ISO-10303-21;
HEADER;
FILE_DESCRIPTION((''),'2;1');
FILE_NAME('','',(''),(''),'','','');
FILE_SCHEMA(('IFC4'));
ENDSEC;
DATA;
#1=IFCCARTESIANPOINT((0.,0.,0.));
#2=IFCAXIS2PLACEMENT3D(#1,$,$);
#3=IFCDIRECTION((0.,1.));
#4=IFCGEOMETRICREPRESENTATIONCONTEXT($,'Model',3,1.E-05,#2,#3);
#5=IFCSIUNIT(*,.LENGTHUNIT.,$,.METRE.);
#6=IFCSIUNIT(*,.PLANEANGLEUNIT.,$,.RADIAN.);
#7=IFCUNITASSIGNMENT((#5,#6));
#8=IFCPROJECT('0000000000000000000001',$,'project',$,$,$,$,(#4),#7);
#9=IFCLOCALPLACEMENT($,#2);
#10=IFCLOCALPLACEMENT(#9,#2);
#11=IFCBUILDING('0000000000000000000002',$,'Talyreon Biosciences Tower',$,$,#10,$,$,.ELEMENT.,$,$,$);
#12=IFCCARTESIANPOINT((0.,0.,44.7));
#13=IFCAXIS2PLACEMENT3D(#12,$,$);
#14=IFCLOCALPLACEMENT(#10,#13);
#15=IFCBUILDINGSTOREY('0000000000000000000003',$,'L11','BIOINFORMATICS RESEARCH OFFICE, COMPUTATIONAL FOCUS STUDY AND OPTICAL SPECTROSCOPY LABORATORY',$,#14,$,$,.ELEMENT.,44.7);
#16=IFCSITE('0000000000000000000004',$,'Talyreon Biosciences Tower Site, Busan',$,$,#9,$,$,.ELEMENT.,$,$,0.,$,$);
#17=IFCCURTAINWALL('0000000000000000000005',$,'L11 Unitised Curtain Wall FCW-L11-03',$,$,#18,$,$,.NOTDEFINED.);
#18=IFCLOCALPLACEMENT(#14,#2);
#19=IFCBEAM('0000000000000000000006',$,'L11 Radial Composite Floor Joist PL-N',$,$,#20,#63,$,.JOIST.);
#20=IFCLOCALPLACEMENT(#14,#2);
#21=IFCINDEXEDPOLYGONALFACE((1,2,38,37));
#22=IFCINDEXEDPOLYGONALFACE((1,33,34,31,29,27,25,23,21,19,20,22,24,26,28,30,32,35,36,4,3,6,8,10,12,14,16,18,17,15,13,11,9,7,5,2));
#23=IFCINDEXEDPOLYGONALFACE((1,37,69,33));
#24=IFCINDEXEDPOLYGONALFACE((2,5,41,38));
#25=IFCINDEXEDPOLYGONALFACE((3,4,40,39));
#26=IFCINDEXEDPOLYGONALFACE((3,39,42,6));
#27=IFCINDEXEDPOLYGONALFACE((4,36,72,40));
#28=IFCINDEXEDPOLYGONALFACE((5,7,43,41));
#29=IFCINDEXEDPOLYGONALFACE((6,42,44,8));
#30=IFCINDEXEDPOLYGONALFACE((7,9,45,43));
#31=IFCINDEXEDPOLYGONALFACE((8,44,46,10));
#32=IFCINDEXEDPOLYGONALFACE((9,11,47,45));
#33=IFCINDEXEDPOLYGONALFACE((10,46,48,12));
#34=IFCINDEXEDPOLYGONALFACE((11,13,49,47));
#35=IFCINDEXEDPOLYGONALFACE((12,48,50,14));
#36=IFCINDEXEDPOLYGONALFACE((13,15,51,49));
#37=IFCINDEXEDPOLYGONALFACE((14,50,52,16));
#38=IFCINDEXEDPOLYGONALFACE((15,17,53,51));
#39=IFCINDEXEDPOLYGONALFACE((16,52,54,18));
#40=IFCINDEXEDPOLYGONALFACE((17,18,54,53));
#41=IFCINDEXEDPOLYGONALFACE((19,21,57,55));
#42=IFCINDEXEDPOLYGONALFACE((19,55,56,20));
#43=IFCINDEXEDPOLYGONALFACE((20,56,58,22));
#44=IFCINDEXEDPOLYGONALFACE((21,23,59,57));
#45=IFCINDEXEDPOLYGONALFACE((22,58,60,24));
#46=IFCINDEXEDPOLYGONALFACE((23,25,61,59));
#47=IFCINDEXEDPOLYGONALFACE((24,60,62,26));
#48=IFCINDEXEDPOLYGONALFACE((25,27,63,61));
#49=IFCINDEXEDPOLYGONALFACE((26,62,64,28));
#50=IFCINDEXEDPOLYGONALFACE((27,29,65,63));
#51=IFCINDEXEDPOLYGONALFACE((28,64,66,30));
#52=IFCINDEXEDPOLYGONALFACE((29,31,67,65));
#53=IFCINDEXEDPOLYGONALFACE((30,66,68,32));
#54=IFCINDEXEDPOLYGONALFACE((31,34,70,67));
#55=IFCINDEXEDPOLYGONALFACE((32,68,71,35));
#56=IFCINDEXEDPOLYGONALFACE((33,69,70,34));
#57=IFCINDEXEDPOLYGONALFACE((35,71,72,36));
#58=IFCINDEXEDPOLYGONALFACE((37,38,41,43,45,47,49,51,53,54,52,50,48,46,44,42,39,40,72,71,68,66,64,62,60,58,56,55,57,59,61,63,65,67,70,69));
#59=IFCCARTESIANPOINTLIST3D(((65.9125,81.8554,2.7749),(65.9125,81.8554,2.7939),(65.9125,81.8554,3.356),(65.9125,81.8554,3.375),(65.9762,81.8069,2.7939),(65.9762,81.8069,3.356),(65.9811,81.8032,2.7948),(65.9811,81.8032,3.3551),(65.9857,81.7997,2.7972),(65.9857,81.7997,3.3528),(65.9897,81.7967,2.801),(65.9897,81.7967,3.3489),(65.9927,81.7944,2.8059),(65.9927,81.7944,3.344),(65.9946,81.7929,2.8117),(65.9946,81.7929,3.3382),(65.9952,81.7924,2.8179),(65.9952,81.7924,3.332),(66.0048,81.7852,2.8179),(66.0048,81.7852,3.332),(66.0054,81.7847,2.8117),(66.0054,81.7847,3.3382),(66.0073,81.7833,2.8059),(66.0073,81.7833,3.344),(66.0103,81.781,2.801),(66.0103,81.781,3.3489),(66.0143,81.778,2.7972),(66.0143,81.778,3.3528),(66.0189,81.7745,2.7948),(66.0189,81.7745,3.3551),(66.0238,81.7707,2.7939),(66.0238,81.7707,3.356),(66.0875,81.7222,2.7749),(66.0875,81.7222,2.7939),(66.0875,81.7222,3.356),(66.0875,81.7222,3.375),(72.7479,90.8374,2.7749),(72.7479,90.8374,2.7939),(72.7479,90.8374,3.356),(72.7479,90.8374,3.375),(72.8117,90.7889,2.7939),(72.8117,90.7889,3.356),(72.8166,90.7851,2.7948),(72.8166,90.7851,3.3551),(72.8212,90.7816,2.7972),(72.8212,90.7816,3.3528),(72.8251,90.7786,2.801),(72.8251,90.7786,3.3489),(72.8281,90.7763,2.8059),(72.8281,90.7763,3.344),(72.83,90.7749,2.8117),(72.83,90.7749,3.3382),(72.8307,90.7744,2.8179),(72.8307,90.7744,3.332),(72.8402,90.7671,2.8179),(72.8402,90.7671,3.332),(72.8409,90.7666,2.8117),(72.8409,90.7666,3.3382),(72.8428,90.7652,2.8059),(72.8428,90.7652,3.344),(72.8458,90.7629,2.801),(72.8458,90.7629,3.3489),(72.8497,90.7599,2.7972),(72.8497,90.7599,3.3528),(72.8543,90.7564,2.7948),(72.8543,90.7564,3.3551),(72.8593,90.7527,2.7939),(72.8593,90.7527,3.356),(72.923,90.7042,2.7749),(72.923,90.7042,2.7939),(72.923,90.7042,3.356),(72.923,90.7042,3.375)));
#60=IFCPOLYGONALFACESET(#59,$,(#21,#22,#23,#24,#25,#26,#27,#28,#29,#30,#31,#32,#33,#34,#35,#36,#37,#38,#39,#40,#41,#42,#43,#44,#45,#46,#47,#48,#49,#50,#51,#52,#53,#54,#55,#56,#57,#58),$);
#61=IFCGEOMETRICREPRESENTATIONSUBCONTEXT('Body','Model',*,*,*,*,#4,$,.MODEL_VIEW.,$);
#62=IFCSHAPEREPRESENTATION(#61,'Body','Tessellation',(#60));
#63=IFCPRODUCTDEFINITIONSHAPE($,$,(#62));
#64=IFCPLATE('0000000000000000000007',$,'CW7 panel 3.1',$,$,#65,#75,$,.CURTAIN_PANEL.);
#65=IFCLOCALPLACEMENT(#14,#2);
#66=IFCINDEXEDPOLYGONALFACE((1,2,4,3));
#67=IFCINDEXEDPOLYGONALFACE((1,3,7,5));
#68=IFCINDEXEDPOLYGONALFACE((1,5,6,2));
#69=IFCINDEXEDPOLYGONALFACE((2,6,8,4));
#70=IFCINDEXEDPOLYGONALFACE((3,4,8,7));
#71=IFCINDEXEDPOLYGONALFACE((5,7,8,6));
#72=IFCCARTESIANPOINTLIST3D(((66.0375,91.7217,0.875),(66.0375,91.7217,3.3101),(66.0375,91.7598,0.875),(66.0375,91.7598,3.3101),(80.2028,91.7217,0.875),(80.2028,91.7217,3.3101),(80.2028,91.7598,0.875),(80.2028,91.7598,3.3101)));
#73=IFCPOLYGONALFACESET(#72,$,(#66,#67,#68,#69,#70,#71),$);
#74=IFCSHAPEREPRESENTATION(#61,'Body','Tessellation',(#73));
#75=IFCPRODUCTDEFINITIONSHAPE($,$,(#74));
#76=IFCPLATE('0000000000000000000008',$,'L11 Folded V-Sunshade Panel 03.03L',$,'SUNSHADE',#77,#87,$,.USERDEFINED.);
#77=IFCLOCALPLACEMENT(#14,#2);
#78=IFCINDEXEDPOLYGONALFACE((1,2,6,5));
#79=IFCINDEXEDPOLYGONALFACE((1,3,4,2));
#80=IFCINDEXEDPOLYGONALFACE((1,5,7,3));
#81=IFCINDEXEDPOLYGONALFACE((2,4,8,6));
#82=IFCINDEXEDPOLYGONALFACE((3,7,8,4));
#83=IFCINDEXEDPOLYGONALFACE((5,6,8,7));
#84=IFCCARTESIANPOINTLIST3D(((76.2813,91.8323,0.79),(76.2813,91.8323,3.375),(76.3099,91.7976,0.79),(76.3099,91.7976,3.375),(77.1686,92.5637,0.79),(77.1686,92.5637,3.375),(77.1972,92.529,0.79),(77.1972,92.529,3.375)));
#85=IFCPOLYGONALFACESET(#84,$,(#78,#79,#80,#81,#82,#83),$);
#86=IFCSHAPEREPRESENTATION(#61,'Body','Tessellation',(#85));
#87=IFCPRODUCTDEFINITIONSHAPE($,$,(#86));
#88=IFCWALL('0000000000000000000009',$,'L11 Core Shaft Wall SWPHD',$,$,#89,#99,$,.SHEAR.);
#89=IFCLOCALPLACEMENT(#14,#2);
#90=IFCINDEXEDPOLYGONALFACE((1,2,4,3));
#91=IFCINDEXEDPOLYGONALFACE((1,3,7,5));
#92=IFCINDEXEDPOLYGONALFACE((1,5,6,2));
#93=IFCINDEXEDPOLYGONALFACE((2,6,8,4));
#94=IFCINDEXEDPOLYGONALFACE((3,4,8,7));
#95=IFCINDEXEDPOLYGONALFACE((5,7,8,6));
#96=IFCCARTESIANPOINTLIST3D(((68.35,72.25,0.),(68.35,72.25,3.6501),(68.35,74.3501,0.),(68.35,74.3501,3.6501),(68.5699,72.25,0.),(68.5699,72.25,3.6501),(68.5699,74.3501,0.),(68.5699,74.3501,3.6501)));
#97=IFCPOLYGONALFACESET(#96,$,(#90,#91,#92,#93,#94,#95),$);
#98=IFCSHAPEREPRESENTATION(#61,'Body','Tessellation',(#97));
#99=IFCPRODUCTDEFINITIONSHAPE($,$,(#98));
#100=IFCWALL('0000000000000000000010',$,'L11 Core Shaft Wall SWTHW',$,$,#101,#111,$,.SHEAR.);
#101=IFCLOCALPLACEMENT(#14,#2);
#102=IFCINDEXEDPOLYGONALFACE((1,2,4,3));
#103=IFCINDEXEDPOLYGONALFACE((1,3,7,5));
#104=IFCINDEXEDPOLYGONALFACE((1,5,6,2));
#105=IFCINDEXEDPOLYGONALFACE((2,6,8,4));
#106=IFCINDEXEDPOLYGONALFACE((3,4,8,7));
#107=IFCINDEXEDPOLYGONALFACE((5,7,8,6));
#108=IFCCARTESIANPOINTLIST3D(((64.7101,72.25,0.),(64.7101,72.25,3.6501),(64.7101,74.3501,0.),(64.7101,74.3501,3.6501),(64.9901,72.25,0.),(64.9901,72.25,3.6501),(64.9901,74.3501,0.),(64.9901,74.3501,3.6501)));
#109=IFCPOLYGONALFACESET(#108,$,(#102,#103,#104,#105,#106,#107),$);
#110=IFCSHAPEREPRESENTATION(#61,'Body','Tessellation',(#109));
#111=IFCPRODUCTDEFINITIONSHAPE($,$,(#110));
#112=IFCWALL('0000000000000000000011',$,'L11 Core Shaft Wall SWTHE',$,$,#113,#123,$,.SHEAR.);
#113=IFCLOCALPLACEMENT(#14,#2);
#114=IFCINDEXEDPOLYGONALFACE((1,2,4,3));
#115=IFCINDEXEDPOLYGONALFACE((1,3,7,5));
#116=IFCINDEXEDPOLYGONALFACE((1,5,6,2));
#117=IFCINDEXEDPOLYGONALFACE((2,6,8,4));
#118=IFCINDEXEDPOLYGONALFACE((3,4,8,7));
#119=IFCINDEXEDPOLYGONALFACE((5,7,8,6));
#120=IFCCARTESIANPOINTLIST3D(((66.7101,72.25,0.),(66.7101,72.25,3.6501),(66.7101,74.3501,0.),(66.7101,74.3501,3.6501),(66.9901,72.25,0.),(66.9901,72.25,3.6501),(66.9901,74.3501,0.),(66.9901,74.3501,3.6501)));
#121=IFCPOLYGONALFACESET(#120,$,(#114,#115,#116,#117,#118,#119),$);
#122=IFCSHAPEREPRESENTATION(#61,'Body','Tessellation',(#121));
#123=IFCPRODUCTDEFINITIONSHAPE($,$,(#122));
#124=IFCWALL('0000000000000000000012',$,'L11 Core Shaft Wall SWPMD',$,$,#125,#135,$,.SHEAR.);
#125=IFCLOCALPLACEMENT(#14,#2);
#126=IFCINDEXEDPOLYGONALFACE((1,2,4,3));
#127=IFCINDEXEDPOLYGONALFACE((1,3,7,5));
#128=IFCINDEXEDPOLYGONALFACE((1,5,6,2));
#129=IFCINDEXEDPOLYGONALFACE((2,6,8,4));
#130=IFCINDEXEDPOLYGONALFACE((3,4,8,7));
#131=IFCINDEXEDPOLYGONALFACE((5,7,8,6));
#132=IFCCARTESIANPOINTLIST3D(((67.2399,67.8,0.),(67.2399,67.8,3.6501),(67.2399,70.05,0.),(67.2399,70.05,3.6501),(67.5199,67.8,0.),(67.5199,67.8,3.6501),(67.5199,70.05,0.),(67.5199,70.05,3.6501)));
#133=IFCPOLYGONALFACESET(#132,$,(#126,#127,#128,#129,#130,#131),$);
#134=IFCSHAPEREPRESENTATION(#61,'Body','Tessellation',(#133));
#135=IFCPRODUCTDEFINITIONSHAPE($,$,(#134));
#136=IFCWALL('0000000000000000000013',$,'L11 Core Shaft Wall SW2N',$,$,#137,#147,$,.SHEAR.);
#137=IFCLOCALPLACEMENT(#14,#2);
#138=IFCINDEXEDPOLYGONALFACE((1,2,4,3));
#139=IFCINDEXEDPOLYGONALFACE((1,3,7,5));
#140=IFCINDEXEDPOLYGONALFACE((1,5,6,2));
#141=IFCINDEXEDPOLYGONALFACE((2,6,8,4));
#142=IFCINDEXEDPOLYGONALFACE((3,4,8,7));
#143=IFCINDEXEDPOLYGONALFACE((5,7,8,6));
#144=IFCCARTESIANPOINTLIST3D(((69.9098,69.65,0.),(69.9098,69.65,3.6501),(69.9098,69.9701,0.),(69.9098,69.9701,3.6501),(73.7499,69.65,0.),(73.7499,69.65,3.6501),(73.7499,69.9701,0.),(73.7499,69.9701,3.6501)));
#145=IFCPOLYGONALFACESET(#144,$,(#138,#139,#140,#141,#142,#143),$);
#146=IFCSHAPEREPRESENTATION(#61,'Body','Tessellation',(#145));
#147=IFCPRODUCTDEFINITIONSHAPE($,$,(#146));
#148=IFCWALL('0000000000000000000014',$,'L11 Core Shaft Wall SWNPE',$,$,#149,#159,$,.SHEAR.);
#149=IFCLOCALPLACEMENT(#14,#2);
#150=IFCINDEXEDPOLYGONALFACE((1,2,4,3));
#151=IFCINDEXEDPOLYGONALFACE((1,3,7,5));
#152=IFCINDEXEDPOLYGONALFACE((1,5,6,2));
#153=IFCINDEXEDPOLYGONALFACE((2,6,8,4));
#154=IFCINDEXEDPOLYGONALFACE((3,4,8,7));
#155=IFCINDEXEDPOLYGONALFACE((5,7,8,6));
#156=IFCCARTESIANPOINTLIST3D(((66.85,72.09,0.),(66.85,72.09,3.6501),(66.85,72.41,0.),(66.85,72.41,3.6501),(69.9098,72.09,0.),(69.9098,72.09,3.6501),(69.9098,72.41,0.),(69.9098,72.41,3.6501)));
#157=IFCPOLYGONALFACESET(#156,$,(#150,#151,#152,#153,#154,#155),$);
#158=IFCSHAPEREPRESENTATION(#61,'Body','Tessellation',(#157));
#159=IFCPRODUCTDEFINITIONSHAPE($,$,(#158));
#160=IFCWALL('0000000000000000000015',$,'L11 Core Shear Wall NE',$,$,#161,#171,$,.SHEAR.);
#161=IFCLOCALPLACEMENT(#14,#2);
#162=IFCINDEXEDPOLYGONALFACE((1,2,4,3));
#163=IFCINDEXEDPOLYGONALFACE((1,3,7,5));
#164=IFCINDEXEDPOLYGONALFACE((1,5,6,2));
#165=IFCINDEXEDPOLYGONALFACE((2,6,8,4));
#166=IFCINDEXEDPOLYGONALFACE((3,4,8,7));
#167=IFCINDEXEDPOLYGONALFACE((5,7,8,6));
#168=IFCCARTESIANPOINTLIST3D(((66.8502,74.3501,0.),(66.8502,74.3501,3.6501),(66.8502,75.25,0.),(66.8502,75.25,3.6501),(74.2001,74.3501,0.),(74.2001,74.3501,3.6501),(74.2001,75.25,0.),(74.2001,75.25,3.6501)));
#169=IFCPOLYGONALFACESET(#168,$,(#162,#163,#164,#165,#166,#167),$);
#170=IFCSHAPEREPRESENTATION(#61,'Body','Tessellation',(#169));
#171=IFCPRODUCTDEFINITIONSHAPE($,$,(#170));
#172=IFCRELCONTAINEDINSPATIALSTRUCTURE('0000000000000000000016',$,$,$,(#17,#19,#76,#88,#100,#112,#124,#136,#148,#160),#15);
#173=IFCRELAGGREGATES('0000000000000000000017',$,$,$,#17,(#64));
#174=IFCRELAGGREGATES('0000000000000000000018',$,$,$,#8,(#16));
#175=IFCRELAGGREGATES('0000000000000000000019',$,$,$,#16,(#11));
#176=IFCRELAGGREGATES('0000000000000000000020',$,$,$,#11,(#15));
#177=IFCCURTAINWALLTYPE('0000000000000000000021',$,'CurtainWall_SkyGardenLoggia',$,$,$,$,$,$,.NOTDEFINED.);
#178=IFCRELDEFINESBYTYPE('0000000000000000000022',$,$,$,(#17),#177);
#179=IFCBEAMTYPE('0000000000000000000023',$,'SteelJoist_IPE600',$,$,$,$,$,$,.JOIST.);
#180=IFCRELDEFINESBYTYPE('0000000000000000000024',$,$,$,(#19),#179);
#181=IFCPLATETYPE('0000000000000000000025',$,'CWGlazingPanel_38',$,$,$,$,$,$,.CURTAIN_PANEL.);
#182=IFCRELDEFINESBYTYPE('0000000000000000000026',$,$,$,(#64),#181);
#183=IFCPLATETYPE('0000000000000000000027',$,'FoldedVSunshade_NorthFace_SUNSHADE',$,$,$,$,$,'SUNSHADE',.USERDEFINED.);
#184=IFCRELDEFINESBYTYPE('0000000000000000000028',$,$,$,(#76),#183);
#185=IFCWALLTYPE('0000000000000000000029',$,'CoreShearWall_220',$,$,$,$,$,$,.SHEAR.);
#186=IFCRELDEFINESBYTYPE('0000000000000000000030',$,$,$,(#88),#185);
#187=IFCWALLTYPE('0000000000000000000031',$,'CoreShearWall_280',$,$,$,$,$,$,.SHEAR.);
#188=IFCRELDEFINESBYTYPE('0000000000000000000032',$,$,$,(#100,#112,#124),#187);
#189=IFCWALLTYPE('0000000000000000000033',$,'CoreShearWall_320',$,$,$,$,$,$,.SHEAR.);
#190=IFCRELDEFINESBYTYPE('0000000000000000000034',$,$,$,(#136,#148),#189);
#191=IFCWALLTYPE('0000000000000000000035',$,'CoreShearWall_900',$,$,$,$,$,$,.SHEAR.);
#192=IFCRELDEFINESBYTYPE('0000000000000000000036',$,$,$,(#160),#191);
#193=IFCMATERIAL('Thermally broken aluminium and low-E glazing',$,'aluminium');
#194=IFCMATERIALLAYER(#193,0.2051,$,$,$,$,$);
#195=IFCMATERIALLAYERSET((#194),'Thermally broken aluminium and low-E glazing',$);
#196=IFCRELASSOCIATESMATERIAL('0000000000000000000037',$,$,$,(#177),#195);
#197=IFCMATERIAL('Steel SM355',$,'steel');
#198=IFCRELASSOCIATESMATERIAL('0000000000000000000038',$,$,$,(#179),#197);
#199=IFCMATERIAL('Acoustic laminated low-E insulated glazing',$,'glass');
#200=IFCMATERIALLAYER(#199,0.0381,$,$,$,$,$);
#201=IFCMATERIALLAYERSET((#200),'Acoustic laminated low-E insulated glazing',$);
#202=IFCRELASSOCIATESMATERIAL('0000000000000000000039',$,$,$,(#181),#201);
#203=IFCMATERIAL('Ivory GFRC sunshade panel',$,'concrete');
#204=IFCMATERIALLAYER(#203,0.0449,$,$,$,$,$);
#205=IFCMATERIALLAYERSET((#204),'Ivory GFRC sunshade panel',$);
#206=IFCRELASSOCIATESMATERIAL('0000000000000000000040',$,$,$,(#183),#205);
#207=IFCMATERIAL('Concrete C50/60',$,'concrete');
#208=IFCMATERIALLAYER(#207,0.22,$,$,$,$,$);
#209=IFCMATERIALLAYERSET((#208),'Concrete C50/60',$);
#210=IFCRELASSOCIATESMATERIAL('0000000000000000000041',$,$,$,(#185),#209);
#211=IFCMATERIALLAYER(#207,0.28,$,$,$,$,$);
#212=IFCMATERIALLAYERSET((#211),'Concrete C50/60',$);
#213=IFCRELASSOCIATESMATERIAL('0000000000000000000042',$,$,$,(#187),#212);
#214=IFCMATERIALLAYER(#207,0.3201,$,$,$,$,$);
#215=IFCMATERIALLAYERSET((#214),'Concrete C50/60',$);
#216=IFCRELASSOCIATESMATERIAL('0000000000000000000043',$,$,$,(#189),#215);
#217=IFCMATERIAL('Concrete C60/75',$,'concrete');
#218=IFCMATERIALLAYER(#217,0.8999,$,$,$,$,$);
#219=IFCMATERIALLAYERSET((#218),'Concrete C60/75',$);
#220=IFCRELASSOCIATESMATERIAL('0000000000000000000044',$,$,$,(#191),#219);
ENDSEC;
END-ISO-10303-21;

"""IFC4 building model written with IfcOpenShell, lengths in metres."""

from ifc_helpers import new_model, si_unit, direction, frame, frame_2d, origin, origin_2d, place, context, subcontext, project, spatial, rectangle, i_section, extrude, material, layer, layer_set, material_profile, profile_set, type_object, element, aggregate, save


model = new_model("IFC4")

# Units and contexts
model_context = context("Model", 3, precision=1e-05, world=origin(), true_north=direction((0.0, 1.0)))
body_context = subcontext(model_context, "Body", "Model", "MODEL_VIEW")
ifc_project = project(units=[si_unit("LENGTHUNIT", "METRE"), si_unit("PLANEANGLEUNIT", "RADIAN")], contexts=[model_context])

# Site, building, storey
site_placement = place(None, origin())
site = spatial("IfcSite", under=ifc_project, at=site_placement, Name="Talyreon Biosciences Tower Site, Busan", CompositionType="ELEMENT", RefElevation=0.0)
building_placement = place(site_placement, origin())
building = spatial("IfcBuilding", under=site, at=building_placement, Name="Talyreon Biosciences Tower", CompositionType="ELEMENT")
storey_placement = place(building_placement, frame((0.0, 0.0, 44.7)))
storey = spatial("IfcBuildingStorey", under=building, at=storey_placement, Name="L11", Description="BIOINFORMATICS RESEARCH OFFICE, COMPUTATIONAL FOCUS STUDY AND OPTICAL SPECTROSCOPY LABORATORY", CompositionType="ELEMENT", Elevation=44.7)

# Shared definitions
ifc_material_1 = material(Name="Concrete C60/75", Category="concrete")

# Curtain wall
ifc_material_2 = material(Name="Thermally broken aluminium and low-E glazing", Category="aluminium")
ifc_layer_1 = layer(ifc_material_2, 0.2051)
ifc_layer_set_1 = layer_set([ifc_layer_1], Name="Thermally broken aluminium and low-E glazing")
curtain_wall_type = type_object("IfcCurtainWallType", Name="CurtainWall_SkyGardenLoggia", PredefinedType="NOTDEFINED", material=ifc_layer_set_1)
curtain_wall_placement = place(storey_placement, origin())
curtain_wall = element("IfcCurtainWall", 1, at=curtain_wall_placement, inside=storey, type_object=curtain_wall_type, Name="L11 Unitised Curtain Wall FCW-L11-03", PredefinedType="NOTDEFINED")

# Beam
ifc_material_3 = material(Name="Steel SM355", Category="steel")
ifc_material_profile_1 = material_profile(ifc_material_3, i_section(OverallWidth=0.22, OverallDepth=0.6001, WebThickness=0.012, FlangeThickness=0.019, FilletRadius=0.0239, at=origin_2d()), Name="IPE600")
ifc_profile_set_1 = profile_set([ifc_material_profile_1], Name="Steel SM355")
beam_type_1 = type_object("IfcBeamType", Name="SteelJoist_IPE600", PredefinedType="JOIST", material=ifc_profile_set_1)
beam_1_placement = place(storey_placement, frame((66.0, 81.7888, 3.075), z_axis=(0.605599, 0.79577, 0.0), x_axis=(-0.79577, 0.605599, 0.0)))
element("IfcBeam", 2, at=beam_1_placement, inside=storey, type_object=beam_type_1, Name="L11 Radial Composite Floor Joist PL-N", PredefinedType="JOIST", context=body_context, shape_type="SweptSolid", body=[
    extrude(i_section(OverallWidth=0.22, OverallDepth=0.6001, WebThickness=0.012, FlangeThickness=0.019, FilletRadius=0.0239, at=origin_2d()), origin(), (0.0, 0.0, 1.0), 11.2871),
])

# Plates
ifc_material_4 = material(Name="Acoustic laminated low-E insulated glazing", Category="glass")
ifc_layer_2 = layer(ifc_material_4, 0.0381)
ifc_layer_set_2 = layer_set([ifc_layer_2], Name="Acoustic laminated low-E insulated glazing")
plate_type_1 = type_object("IfcPlateType", Name="CWGlazingPanel_38", PredefinedType="CURTAIN_PANEL", material=ifc_layer_set_2)
plate_1_placement = place(storey_placement, frame((73.1201, 91.7407, 0.875), z_axis=(0.0, 0.0, 1.0), x_axis=(1.0, 0.0, 0.0)))
plate_1 = element("IfcPlate", 3, at=plate_1_placement, type_object=plate_type_1, Name="CW7 panel 3.1", PredefinedType="CURTAIN_PANEL", context=body_context, shape_type="SweptSolid", body=[
    extrude(rectangle(XDim=14.1653, YDim=0.0381, at=origin_2d()), origin(), (0.0, 0.0, 1.0), 2.4351),
])
aggregate(curtain_wall, [plate_1])
ifc_material_5 = material(Name="Ivory GFRC sunshade panel", Category="concrete")
ifc_layer_3 = layer(ifc_material_5, 0.0449)
ifc_layer_set_3 = layer_set([ifc_layer_3], Name="Ivory GFRC sunshade panel")
plate_type_2 = type_object("IfcPlateType", Name="FoldedVSunshade_NorthFace_SUNSHADE", ElementType="SUNSHADE", PredefinedType="USERDEFINED", material=ifc_layer_set_3)
plate_2_placement = place(storey_placement, frame((76.7393, 92.1807, 0.79), z_axis=(0.0, 0.0, 1.0), x_axis=(0.771625, 0.636078, 0.0)))
element("IfcPlate", 4, at=plate_2_placement, inside=storey, type_object=plate_type_2, Name="L11 Folded V-Sunshade Panel 03.03L", ObjectType="SUNSHADE", PredefinedType="USERDEFINED", context=body_context, shape_type="SweptSolid", body=[
    extrude(rectangle(XDim=1.1499, YDim=0.0449, at=origin_2d()), origin(), (0.0, 0.0, 1.0), 2.585),
])

# Walls
ifc_material_6 = material(Name="Concrete C50/60", Category="concrete")
ifc_layer_4 = layer(ifc_material_6, 0.22)
ifc_layer_set_4 = layer_set([ifc_layer_4], Name="Concrete C50/60")
wall_type_1 = type_object("IfcWallType", Name="CoreShearWall_220", PredefinedType="SHEAR", material=ifc_layer_set_4)
wall_1_placement = place(storey_placement, frame((68.46, 72.25, 0.0), z_axis=(0.0, 0.0, 1.0), x_axis=(0.0, 1.0, 0.0)))
element("IfcWall", 5, at=wall_1_placement, inside=storey, type_object=wall_type_1, Name="L11 Core Shaft Wall SWPHD", PredefinedType="SHEAR", context=body_context, shape_type="SweptSolid", body=[
    extrude(rectangle(XDim=2.1001, YDim=0.22, at=frame_2d((1.05, 0.0))), origin(), (0.0, 0.0, 1.0), 3.6501),
])
ifc_layer_5 = layer(ifc_material_6, 0.28)
ifc_layer_set_5 = layer_set([ifc_layer_5], Name="Concrete C50/60")
wall_type_2 = type_object("IfcWallType", Name="CoreShearWall_280", PredefinedType="SHEAR", material=ifc_layer_set_5)
for number, where, z_axis, x_axis, name in (
    (6, (64.8501, 72.25, 0.0), (0.0, 0.0, 1.0), (0.0, 1.0, 0.0), "L11 Core Shaft Wall SWTHW"),
    (7, (66.8501, 72.25, 0.0), (0.0, 0.0, 1.0), (0.0, 1.0, 0.0), "L11 Core Shaft Wall SWTHE"),
):
    element("IfcWall", number, at=place(storey_placement, frame(where, z_axis=z_axis, x_axis=x_axis)), inside=storey, type_object=wall_type_2, Name=name, PredefinedType="SHEAR", context=body_context, shape_type="SweptSolid", body=[
        extrude(rectangle(XDim=2.1001, YDim=0.28, at=frame_2d((1.05, 0.0))), origin(), (0.0, 0.0, 1.0), 3.6501),
    ])
wall_2_placement = place(storey_placement, frame((67.3799, 67.8, 0.0), z_axis=(0.0, 0.0, 1.0), x_axis=(0.0, 1.0, 0.0)))
element("IfcWall", 8, at=wall_2_placement, inside=storey, type_object=wall_type_2, Name="L11 Core Shaft Wall SWPMD", PredefinedType="SHEAR", context=body_context, shape_type="SweptSolid", body=[
    extrude(rectangle(XDim=2.25, YDim=0.28, at=frame_2d((1.125, 0.0))), origin(), (0.0, 0.0, 1.0), 3.6501),
])
ifc_layer_6 = layer(ifc_material_6, 0.3201)
ifc_layer_set_6 = layer_set([ifc_layer_6], Name="Concrete C50/60")
wall_type_3 = type_object("IfcWallType", Name="CoreShearWall_320", PredefinedType="SHEAR", material=ifc_layer_set_6)
wall_3_placement = place(storey_placement, frame((69.9099, 69.8101, 0.0), z_axis=(0.0, 0.0, 1.0), x_axis=(1.0, 0.0, 0.0)))
element("IfcWall", 9, at=wall_3_placement, inside=storey, type_object=wall_type_3, Name="L11 Core Shaft Wall SW2N", PredefinedType="SHEAR", context=body_context, shape_type="SweptSolid", body=[
    extrude(rectangle(XDim=3.8401, YDim=0.3201, at=frame_2d((1.9199, 0.0))), origin(), (0.0, 0.0, 1.0), 3.6501),
])
wall_4_placement = place(storey_placement, frame((66.8501, 72.25, 0.0), z_axis=(0.0, 0.0, 1.0), x_axis=(1.0, 0.0, 0.0)))
element("IfcWall", 10, at=wall_4_placement, inside=storey, type_object=wall_type_3, Name="L11 Core Shaft Wall SWNPE", PredefinedType="SHEAR", context=body_context, shape_type="SweptSolid", body=[
    extrude(rectangle(XDim=3.0598, YDim=0.3201, at=frame_2d((1.5298, 0.0))), origin(), (0.0, 0.0, 1.0), 3.6501),
])
ifc_layer_7 = layer(ifc_material_1, 0.8999)
ifc_layer_set_7 = layer_set([ifc_layer_7], Name="Concrete C60/75")
wall_type_4 = type_object("IfcWallType", Name="CoreShearWall_900", PredefinedType="SHEAR", material=ifc_layer_set_7)
wall_5_placement = place(storey_placement, frame((74.2, 74.8, 0.0), z_axis=(0.0, 0.0, 1.0), x_axis=(-1.0, 0.0, 0.0)))
element("IfcWall", 11, at=wall_5_placement, inside=storey, type_object=wall_type_4, Name="L11 Core Shear Wall NE", PredefinedType="SHEAR", context=body_context, shape_type="SweptSolid", body=[
    extrude(rectangle(XDim=7.3499, YDim=0.8999, at=frame_2d((3.6748, 0.0))), origin(), (0.0, 0.0, 1.0), 3.6501),
])

save(model, "model.ifc")
